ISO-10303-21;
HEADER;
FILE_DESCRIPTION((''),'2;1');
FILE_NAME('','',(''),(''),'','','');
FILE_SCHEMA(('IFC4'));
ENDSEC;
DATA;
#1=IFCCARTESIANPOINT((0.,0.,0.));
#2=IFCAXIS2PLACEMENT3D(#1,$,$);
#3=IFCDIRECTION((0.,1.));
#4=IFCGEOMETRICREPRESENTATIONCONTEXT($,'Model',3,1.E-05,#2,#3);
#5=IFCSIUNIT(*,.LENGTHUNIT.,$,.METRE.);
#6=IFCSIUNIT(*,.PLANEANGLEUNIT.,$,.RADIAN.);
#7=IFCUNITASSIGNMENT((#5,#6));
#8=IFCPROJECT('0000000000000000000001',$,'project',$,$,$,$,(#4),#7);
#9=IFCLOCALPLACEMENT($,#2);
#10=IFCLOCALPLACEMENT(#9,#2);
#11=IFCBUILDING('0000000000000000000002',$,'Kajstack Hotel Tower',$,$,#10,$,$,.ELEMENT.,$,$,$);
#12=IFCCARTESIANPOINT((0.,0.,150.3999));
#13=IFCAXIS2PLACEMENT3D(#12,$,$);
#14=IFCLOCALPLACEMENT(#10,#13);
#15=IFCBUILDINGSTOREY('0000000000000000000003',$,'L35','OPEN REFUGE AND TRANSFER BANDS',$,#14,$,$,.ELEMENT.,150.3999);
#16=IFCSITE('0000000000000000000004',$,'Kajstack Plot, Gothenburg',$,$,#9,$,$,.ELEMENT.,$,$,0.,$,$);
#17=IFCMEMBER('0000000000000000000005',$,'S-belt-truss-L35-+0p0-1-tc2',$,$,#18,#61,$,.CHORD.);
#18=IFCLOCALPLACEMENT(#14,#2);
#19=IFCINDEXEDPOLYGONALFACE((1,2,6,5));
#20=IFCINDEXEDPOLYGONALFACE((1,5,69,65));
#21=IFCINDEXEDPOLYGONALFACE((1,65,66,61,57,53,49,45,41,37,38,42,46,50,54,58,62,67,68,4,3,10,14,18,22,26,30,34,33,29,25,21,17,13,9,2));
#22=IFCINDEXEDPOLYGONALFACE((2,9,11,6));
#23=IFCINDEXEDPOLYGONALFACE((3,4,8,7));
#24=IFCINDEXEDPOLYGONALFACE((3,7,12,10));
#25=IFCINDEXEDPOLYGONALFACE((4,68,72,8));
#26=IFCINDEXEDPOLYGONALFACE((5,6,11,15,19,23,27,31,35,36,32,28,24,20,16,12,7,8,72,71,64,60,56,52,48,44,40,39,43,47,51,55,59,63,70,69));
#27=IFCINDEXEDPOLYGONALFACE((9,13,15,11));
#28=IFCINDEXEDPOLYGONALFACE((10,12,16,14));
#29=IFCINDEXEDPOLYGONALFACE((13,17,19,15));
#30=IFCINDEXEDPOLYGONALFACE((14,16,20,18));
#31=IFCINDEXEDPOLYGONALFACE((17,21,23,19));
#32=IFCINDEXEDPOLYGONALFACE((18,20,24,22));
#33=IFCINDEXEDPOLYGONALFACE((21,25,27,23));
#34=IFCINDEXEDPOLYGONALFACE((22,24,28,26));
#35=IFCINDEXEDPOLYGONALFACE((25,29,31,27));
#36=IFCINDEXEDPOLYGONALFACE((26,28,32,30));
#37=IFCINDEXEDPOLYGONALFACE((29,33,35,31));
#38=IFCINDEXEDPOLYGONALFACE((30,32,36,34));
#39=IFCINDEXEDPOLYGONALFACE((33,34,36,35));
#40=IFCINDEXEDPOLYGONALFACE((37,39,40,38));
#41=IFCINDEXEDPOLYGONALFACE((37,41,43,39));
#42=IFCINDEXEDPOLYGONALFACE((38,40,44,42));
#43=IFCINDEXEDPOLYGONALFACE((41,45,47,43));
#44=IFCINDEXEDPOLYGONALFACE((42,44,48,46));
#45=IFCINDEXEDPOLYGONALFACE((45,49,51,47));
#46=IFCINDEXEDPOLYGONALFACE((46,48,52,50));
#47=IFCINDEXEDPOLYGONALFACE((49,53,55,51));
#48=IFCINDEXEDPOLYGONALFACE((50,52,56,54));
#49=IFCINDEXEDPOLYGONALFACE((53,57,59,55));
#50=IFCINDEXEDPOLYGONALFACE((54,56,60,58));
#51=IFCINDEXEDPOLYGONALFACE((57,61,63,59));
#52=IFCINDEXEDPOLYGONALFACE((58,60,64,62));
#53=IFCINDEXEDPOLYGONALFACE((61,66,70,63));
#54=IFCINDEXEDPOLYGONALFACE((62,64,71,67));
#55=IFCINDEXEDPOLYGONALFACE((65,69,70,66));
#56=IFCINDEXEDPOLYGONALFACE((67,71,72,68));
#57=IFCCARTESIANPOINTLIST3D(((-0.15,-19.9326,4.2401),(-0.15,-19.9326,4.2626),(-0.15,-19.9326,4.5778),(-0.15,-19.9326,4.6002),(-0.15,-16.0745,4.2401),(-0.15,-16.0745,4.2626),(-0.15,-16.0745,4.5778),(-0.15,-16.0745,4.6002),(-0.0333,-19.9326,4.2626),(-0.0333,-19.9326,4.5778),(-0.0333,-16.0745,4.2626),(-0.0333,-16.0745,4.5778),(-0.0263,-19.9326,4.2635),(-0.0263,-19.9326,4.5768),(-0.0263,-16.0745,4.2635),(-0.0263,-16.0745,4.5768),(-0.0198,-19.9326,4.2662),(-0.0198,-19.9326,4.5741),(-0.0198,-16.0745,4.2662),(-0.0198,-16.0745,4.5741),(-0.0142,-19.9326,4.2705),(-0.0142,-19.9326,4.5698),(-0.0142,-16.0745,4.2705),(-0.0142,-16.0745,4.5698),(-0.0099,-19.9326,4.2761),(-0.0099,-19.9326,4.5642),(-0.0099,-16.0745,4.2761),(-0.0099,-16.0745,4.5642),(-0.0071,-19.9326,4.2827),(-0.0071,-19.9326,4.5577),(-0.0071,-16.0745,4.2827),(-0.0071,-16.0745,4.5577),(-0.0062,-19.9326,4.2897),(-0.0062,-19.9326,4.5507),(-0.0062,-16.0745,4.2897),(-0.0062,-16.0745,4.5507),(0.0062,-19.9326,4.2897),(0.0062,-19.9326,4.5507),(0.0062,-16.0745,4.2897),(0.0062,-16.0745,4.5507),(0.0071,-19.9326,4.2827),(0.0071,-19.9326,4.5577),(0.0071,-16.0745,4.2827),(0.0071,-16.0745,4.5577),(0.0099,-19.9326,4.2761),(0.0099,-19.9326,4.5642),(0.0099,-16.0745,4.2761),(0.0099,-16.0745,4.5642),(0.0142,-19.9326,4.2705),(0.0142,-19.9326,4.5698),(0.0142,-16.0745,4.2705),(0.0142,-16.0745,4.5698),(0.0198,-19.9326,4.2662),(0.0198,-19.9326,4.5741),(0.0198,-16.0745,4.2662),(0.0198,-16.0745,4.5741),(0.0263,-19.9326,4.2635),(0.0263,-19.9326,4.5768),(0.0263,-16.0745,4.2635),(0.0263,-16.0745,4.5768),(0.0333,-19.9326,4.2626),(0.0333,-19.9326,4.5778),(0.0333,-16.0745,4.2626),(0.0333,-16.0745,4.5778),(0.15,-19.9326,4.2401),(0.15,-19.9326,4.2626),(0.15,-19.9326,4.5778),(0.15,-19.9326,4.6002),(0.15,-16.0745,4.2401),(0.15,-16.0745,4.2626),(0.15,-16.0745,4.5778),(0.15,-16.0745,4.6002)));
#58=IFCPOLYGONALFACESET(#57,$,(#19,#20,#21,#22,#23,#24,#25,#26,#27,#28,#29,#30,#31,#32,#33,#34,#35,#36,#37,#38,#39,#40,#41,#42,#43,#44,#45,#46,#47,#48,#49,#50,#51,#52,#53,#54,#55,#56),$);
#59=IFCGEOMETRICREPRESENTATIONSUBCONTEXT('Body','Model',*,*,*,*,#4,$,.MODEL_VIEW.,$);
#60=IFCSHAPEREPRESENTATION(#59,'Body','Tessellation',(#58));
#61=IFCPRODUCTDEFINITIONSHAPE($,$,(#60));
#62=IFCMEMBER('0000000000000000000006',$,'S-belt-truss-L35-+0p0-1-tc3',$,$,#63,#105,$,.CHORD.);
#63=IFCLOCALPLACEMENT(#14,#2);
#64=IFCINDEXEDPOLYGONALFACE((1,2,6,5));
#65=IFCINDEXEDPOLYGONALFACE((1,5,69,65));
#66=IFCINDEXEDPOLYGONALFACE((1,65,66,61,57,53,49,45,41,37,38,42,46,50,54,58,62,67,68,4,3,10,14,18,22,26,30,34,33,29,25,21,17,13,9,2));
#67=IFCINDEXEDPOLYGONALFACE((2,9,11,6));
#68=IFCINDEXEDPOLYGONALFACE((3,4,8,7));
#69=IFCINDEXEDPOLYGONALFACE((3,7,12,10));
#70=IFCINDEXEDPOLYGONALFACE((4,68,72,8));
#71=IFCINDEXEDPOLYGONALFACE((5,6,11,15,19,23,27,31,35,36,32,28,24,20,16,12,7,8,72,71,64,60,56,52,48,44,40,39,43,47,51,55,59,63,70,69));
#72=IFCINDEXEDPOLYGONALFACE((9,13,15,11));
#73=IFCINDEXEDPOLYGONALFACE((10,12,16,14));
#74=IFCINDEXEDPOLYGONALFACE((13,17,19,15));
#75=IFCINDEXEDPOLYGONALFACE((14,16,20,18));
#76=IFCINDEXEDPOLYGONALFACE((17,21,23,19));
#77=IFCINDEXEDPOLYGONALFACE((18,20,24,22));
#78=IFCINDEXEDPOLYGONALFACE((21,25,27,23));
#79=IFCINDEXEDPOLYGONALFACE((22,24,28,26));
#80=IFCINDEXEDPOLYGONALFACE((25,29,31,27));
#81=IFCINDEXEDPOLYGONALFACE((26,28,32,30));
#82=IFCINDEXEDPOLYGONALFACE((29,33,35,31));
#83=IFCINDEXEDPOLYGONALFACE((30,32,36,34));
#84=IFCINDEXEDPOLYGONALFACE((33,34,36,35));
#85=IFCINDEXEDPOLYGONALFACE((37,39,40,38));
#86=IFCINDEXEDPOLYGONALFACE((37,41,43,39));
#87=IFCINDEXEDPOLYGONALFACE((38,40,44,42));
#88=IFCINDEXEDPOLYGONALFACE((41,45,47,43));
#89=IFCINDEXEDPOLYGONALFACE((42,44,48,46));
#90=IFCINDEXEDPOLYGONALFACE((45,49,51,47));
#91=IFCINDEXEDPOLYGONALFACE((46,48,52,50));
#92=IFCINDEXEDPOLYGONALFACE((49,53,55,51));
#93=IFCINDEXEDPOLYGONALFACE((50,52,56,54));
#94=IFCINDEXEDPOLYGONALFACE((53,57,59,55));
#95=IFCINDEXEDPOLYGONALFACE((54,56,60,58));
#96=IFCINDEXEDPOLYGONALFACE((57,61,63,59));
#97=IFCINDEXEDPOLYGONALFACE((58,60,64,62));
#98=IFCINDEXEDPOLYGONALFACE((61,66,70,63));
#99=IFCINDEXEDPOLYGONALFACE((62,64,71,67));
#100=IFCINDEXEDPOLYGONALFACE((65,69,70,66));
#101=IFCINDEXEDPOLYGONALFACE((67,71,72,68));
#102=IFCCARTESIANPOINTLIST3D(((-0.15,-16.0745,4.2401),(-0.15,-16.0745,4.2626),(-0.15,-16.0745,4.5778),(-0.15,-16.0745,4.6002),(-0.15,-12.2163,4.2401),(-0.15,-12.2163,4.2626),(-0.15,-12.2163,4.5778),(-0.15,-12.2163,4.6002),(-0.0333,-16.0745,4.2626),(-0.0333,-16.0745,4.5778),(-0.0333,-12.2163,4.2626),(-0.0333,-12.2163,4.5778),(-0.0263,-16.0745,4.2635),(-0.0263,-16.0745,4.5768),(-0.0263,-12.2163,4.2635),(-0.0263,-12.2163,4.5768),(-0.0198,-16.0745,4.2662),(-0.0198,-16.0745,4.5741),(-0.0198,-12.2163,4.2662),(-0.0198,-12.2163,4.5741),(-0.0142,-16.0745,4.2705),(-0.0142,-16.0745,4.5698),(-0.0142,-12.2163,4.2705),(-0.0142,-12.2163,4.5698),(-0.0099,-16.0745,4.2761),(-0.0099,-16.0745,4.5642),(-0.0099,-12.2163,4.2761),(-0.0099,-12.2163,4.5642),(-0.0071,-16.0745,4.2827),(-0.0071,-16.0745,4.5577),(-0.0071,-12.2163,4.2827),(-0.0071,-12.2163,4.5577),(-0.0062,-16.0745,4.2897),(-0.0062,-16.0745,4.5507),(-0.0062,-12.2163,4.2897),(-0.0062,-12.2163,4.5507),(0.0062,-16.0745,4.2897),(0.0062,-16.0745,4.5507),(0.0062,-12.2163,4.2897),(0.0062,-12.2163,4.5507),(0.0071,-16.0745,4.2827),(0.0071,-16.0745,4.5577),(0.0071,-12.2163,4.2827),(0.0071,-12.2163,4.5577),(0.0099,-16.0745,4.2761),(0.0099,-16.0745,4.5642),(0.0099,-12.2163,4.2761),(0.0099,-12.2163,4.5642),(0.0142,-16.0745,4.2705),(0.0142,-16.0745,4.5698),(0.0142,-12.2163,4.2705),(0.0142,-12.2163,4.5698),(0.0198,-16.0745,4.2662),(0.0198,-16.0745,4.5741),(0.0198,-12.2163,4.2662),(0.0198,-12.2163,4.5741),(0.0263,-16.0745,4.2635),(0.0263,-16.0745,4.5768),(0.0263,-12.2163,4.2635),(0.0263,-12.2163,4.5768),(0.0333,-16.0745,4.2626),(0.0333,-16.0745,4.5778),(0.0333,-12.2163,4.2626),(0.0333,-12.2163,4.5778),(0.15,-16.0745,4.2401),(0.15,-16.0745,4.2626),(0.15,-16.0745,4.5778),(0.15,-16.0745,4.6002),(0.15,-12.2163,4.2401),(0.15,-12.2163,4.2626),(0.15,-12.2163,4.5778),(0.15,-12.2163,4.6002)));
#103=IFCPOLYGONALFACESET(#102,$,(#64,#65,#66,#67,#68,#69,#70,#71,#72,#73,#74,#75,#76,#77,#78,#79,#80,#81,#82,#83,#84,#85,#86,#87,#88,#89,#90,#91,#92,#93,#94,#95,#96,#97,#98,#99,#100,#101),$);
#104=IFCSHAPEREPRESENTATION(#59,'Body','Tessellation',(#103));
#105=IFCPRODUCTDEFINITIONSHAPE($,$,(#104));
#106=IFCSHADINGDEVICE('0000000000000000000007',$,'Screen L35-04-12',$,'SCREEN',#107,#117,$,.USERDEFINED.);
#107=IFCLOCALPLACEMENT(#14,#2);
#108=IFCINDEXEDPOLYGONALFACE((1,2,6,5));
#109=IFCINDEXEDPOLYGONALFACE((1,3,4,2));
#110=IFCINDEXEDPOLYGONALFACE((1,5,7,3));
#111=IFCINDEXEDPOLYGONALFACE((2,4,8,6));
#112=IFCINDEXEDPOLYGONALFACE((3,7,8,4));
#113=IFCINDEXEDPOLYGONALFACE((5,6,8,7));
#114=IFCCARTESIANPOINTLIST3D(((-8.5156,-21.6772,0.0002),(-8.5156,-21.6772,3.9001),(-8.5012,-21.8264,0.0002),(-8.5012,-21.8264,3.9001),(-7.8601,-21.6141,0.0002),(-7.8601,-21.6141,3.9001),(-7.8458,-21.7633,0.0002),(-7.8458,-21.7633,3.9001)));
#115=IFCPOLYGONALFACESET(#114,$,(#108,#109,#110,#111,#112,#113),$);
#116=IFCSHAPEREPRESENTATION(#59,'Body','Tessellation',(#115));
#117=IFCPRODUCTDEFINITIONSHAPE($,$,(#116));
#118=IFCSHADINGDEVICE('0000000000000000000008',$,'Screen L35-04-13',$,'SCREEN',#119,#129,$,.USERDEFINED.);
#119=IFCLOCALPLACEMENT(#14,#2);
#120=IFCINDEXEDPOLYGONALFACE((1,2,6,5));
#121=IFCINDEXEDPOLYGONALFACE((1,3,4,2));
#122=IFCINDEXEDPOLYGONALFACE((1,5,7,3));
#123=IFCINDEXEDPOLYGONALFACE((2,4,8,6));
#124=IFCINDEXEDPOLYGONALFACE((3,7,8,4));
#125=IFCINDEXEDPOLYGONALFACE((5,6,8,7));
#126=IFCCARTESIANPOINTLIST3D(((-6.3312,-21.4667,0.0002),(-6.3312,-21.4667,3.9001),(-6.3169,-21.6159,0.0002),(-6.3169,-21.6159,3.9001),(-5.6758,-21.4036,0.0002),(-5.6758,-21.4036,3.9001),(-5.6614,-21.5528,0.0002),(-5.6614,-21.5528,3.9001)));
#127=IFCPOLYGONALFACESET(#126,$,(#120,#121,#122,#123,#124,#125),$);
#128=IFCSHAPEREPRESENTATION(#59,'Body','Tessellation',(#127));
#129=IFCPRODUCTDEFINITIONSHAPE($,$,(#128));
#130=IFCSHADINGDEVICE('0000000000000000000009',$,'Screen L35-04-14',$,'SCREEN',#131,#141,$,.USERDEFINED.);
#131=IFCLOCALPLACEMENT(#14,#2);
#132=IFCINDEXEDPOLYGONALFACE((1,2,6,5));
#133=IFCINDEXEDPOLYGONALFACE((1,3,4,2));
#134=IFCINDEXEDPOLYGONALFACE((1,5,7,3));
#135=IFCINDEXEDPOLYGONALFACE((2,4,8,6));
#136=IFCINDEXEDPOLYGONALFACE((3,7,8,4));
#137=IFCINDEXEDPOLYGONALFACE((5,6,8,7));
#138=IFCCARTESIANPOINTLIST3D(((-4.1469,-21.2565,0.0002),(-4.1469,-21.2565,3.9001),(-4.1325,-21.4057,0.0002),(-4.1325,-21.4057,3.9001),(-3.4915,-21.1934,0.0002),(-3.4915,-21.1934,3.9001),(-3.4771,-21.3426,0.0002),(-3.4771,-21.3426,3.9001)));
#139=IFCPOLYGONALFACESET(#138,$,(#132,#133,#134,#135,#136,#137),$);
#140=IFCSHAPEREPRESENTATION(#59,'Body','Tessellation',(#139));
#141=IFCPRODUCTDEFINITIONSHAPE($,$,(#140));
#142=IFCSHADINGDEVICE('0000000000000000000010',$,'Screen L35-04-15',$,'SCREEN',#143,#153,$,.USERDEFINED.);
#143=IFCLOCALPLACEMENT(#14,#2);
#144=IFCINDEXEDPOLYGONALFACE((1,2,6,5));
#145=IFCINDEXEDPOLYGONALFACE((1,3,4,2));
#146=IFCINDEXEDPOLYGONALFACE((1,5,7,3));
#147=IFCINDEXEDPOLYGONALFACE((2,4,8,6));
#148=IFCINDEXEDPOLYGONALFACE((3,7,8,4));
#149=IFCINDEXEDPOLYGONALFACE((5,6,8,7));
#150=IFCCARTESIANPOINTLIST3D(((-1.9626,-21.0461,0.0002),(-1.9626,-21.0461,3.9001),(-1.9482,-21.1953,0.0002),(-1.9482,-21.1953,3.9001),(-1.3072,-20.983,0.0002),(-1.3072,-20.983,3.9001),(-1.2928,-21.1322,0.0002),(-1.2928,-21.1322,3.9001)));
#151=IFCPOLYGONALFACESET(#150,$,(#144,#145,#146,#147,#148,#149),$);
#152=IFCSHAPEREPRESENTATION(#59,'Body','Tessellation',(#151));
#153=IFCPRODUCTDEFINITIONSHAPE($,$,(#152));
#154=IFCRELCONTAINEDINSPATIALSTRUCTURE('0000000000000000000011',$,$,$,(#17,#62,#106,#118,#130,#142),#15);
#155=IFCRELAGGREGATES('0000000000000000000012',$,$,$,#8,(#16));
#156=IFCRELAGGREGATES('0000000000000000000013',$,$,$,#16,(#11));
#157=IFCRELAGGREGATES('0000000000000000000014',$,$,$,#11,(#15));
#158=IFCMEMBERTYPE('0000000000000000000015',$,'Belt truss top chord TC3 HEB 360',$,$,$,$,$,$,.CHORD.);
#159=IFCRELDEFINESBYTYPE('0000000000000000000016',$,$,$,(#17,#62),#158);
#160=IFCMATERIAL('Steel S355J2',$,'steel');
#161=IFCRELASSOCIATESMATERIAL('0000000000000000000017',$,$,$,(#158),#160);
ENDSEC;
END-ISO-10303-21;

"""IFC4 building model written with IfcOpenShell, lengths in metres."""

from ifc_helpers import new_model, si_unit, direction, frame, origin, origin_2d, place, context, subcontext, project, spatial, rectangle, i_section, extrude, material, material_profile, profile_set, type_object, element, save


model = new_model("IFC4")

# Units and contexts
model_context = context("Model", 3, precision=1e-05, world=origin(), true_north=direction((0.0, 1.0)))
body_context = subcontext(model_context, "Body", "Model", "MODEL_VIEW")
ifc_project = project(units=[si_unit("LENGTHUNIT", "METRE"), si_unit("PLANEANGLEUNIT", "RADIAN")], contexts=[model_context])

# Site, building, storey
site_placement = place(None, origin())
site = spatial("IfcSite", under=ifc_project, at=site_placement, Name="Kajstack Plot, Gothenburg", CompositionType="ELEMENT", RefElevation=0.0)
building_placement = place(site_placement, origin())
building = spatial("IfcBuilding", under=site, at=building_placement, Name="Kajstack Hotel Tower", CompositionType="ELEMENT")
storey_placement = place(building_placement, frame((0.0, 0.0, 150.3999)))
storey = spatial("IfcBuildingStorey", under=building, at=storey_placement, Name="L35", Description="OPEN REFUGE AND TRANSFER BANDS", CompositionType="ELEMENT", Elevation=150.3999)

# Members
ifc_material = material(Name="Steel S355J2", Category="steel")
ifc_material_profile_1 = material_profile(ifc_material, i_section(OverallWidth=0.3, OverallDepth=0.3601, WebThickness=0.0125, FlangeThickness=0.0225, FilletRadius=0.0271, at=origin_2d()), Name="HEB 360")
ifc_profile_set_1 = profile_set([ifc_material_profile_1], Name="Steel S355J2")
member_type_1 = type_object("IfcMemberType", Name="Belt truss top chord TC3 HEB 360", PredefinedType="CHORD", material=ifc_profile_set_1)
for number, where, z_axis, x_axis, name in (
    (1, (0.0, -19.9326, 4.4202), (0.0, 1.0, 0.0), (-1.0, 0.0, 0.0), "S-belt-truss-L35-+0p0-1-tc2"),
    (2, (0.0, -16.0745, 4.4202), (0.0, 1.0, 0.0), (-1.0, 0.0, 0.0), "S-belt-truss-L35-+0p0-1-tc3"),
):
    element("IfcMember", number, at=place(storey_placement, frame(where, z_axis=z_axis, x_axis=x_axis)), inside=storey, type_object=member_type_1, Name=name, PredefinedType="CHORD", context=body_context, shape_type="SweptSolid", body=[
        extrude(i_section(OverallWidth=0.3, OverallDepth=0.3601, WebThickness=0.0125, FlangeThickness=0.0225, FilletRadius=0.0271, at=origin_2d()), origin(), (0.0, 0.0, 1.0), 3.8582),
    ])

# Shading devices
for number, where, z_axis, x_axis, name in (
    (3, (-8.1807, -21.7202, 0.0002), (0.0, 0.0, 1.0), (0.995396, 0.095846, 0.0), "Screen L35-04-12"),
    (4, (-5.9963, -21.5098, 0.0002), (0.0, 0.0, 1.0), (0.995396, 0.095846, 0.0), "Screen L35-04-13"),
    (5, (-3.812, -21.2996, 0.0002), (0.0, 0.0, 1.0), (0.995396, 0.095846, 0.0), "Screen L35-04-14"),
    (6, (-1.6277, -21.0891, 0.0002), (0.0, 0.0, 1.0), (0.995396, 0.095846, 0.0), "Screen L35-04-15"),
):
    element("IfcShadingDevice", number, at=place(storey_placement, frame(where, z_axis=z_axis, x_axis=x_axis)), inside=storey, Name=name, ObjectType="SCREEN", PredefinedType="USERDEFINED", context=body_context, shape_type="SweptSolid", body=[
        extrude(rectangle(XDim=0.6584, YDim=0.1499, at=origin_2d()), origin(), (0.0, 0.0, 1.0), 3.8999),
    ])

save(model, "model.ifc")
